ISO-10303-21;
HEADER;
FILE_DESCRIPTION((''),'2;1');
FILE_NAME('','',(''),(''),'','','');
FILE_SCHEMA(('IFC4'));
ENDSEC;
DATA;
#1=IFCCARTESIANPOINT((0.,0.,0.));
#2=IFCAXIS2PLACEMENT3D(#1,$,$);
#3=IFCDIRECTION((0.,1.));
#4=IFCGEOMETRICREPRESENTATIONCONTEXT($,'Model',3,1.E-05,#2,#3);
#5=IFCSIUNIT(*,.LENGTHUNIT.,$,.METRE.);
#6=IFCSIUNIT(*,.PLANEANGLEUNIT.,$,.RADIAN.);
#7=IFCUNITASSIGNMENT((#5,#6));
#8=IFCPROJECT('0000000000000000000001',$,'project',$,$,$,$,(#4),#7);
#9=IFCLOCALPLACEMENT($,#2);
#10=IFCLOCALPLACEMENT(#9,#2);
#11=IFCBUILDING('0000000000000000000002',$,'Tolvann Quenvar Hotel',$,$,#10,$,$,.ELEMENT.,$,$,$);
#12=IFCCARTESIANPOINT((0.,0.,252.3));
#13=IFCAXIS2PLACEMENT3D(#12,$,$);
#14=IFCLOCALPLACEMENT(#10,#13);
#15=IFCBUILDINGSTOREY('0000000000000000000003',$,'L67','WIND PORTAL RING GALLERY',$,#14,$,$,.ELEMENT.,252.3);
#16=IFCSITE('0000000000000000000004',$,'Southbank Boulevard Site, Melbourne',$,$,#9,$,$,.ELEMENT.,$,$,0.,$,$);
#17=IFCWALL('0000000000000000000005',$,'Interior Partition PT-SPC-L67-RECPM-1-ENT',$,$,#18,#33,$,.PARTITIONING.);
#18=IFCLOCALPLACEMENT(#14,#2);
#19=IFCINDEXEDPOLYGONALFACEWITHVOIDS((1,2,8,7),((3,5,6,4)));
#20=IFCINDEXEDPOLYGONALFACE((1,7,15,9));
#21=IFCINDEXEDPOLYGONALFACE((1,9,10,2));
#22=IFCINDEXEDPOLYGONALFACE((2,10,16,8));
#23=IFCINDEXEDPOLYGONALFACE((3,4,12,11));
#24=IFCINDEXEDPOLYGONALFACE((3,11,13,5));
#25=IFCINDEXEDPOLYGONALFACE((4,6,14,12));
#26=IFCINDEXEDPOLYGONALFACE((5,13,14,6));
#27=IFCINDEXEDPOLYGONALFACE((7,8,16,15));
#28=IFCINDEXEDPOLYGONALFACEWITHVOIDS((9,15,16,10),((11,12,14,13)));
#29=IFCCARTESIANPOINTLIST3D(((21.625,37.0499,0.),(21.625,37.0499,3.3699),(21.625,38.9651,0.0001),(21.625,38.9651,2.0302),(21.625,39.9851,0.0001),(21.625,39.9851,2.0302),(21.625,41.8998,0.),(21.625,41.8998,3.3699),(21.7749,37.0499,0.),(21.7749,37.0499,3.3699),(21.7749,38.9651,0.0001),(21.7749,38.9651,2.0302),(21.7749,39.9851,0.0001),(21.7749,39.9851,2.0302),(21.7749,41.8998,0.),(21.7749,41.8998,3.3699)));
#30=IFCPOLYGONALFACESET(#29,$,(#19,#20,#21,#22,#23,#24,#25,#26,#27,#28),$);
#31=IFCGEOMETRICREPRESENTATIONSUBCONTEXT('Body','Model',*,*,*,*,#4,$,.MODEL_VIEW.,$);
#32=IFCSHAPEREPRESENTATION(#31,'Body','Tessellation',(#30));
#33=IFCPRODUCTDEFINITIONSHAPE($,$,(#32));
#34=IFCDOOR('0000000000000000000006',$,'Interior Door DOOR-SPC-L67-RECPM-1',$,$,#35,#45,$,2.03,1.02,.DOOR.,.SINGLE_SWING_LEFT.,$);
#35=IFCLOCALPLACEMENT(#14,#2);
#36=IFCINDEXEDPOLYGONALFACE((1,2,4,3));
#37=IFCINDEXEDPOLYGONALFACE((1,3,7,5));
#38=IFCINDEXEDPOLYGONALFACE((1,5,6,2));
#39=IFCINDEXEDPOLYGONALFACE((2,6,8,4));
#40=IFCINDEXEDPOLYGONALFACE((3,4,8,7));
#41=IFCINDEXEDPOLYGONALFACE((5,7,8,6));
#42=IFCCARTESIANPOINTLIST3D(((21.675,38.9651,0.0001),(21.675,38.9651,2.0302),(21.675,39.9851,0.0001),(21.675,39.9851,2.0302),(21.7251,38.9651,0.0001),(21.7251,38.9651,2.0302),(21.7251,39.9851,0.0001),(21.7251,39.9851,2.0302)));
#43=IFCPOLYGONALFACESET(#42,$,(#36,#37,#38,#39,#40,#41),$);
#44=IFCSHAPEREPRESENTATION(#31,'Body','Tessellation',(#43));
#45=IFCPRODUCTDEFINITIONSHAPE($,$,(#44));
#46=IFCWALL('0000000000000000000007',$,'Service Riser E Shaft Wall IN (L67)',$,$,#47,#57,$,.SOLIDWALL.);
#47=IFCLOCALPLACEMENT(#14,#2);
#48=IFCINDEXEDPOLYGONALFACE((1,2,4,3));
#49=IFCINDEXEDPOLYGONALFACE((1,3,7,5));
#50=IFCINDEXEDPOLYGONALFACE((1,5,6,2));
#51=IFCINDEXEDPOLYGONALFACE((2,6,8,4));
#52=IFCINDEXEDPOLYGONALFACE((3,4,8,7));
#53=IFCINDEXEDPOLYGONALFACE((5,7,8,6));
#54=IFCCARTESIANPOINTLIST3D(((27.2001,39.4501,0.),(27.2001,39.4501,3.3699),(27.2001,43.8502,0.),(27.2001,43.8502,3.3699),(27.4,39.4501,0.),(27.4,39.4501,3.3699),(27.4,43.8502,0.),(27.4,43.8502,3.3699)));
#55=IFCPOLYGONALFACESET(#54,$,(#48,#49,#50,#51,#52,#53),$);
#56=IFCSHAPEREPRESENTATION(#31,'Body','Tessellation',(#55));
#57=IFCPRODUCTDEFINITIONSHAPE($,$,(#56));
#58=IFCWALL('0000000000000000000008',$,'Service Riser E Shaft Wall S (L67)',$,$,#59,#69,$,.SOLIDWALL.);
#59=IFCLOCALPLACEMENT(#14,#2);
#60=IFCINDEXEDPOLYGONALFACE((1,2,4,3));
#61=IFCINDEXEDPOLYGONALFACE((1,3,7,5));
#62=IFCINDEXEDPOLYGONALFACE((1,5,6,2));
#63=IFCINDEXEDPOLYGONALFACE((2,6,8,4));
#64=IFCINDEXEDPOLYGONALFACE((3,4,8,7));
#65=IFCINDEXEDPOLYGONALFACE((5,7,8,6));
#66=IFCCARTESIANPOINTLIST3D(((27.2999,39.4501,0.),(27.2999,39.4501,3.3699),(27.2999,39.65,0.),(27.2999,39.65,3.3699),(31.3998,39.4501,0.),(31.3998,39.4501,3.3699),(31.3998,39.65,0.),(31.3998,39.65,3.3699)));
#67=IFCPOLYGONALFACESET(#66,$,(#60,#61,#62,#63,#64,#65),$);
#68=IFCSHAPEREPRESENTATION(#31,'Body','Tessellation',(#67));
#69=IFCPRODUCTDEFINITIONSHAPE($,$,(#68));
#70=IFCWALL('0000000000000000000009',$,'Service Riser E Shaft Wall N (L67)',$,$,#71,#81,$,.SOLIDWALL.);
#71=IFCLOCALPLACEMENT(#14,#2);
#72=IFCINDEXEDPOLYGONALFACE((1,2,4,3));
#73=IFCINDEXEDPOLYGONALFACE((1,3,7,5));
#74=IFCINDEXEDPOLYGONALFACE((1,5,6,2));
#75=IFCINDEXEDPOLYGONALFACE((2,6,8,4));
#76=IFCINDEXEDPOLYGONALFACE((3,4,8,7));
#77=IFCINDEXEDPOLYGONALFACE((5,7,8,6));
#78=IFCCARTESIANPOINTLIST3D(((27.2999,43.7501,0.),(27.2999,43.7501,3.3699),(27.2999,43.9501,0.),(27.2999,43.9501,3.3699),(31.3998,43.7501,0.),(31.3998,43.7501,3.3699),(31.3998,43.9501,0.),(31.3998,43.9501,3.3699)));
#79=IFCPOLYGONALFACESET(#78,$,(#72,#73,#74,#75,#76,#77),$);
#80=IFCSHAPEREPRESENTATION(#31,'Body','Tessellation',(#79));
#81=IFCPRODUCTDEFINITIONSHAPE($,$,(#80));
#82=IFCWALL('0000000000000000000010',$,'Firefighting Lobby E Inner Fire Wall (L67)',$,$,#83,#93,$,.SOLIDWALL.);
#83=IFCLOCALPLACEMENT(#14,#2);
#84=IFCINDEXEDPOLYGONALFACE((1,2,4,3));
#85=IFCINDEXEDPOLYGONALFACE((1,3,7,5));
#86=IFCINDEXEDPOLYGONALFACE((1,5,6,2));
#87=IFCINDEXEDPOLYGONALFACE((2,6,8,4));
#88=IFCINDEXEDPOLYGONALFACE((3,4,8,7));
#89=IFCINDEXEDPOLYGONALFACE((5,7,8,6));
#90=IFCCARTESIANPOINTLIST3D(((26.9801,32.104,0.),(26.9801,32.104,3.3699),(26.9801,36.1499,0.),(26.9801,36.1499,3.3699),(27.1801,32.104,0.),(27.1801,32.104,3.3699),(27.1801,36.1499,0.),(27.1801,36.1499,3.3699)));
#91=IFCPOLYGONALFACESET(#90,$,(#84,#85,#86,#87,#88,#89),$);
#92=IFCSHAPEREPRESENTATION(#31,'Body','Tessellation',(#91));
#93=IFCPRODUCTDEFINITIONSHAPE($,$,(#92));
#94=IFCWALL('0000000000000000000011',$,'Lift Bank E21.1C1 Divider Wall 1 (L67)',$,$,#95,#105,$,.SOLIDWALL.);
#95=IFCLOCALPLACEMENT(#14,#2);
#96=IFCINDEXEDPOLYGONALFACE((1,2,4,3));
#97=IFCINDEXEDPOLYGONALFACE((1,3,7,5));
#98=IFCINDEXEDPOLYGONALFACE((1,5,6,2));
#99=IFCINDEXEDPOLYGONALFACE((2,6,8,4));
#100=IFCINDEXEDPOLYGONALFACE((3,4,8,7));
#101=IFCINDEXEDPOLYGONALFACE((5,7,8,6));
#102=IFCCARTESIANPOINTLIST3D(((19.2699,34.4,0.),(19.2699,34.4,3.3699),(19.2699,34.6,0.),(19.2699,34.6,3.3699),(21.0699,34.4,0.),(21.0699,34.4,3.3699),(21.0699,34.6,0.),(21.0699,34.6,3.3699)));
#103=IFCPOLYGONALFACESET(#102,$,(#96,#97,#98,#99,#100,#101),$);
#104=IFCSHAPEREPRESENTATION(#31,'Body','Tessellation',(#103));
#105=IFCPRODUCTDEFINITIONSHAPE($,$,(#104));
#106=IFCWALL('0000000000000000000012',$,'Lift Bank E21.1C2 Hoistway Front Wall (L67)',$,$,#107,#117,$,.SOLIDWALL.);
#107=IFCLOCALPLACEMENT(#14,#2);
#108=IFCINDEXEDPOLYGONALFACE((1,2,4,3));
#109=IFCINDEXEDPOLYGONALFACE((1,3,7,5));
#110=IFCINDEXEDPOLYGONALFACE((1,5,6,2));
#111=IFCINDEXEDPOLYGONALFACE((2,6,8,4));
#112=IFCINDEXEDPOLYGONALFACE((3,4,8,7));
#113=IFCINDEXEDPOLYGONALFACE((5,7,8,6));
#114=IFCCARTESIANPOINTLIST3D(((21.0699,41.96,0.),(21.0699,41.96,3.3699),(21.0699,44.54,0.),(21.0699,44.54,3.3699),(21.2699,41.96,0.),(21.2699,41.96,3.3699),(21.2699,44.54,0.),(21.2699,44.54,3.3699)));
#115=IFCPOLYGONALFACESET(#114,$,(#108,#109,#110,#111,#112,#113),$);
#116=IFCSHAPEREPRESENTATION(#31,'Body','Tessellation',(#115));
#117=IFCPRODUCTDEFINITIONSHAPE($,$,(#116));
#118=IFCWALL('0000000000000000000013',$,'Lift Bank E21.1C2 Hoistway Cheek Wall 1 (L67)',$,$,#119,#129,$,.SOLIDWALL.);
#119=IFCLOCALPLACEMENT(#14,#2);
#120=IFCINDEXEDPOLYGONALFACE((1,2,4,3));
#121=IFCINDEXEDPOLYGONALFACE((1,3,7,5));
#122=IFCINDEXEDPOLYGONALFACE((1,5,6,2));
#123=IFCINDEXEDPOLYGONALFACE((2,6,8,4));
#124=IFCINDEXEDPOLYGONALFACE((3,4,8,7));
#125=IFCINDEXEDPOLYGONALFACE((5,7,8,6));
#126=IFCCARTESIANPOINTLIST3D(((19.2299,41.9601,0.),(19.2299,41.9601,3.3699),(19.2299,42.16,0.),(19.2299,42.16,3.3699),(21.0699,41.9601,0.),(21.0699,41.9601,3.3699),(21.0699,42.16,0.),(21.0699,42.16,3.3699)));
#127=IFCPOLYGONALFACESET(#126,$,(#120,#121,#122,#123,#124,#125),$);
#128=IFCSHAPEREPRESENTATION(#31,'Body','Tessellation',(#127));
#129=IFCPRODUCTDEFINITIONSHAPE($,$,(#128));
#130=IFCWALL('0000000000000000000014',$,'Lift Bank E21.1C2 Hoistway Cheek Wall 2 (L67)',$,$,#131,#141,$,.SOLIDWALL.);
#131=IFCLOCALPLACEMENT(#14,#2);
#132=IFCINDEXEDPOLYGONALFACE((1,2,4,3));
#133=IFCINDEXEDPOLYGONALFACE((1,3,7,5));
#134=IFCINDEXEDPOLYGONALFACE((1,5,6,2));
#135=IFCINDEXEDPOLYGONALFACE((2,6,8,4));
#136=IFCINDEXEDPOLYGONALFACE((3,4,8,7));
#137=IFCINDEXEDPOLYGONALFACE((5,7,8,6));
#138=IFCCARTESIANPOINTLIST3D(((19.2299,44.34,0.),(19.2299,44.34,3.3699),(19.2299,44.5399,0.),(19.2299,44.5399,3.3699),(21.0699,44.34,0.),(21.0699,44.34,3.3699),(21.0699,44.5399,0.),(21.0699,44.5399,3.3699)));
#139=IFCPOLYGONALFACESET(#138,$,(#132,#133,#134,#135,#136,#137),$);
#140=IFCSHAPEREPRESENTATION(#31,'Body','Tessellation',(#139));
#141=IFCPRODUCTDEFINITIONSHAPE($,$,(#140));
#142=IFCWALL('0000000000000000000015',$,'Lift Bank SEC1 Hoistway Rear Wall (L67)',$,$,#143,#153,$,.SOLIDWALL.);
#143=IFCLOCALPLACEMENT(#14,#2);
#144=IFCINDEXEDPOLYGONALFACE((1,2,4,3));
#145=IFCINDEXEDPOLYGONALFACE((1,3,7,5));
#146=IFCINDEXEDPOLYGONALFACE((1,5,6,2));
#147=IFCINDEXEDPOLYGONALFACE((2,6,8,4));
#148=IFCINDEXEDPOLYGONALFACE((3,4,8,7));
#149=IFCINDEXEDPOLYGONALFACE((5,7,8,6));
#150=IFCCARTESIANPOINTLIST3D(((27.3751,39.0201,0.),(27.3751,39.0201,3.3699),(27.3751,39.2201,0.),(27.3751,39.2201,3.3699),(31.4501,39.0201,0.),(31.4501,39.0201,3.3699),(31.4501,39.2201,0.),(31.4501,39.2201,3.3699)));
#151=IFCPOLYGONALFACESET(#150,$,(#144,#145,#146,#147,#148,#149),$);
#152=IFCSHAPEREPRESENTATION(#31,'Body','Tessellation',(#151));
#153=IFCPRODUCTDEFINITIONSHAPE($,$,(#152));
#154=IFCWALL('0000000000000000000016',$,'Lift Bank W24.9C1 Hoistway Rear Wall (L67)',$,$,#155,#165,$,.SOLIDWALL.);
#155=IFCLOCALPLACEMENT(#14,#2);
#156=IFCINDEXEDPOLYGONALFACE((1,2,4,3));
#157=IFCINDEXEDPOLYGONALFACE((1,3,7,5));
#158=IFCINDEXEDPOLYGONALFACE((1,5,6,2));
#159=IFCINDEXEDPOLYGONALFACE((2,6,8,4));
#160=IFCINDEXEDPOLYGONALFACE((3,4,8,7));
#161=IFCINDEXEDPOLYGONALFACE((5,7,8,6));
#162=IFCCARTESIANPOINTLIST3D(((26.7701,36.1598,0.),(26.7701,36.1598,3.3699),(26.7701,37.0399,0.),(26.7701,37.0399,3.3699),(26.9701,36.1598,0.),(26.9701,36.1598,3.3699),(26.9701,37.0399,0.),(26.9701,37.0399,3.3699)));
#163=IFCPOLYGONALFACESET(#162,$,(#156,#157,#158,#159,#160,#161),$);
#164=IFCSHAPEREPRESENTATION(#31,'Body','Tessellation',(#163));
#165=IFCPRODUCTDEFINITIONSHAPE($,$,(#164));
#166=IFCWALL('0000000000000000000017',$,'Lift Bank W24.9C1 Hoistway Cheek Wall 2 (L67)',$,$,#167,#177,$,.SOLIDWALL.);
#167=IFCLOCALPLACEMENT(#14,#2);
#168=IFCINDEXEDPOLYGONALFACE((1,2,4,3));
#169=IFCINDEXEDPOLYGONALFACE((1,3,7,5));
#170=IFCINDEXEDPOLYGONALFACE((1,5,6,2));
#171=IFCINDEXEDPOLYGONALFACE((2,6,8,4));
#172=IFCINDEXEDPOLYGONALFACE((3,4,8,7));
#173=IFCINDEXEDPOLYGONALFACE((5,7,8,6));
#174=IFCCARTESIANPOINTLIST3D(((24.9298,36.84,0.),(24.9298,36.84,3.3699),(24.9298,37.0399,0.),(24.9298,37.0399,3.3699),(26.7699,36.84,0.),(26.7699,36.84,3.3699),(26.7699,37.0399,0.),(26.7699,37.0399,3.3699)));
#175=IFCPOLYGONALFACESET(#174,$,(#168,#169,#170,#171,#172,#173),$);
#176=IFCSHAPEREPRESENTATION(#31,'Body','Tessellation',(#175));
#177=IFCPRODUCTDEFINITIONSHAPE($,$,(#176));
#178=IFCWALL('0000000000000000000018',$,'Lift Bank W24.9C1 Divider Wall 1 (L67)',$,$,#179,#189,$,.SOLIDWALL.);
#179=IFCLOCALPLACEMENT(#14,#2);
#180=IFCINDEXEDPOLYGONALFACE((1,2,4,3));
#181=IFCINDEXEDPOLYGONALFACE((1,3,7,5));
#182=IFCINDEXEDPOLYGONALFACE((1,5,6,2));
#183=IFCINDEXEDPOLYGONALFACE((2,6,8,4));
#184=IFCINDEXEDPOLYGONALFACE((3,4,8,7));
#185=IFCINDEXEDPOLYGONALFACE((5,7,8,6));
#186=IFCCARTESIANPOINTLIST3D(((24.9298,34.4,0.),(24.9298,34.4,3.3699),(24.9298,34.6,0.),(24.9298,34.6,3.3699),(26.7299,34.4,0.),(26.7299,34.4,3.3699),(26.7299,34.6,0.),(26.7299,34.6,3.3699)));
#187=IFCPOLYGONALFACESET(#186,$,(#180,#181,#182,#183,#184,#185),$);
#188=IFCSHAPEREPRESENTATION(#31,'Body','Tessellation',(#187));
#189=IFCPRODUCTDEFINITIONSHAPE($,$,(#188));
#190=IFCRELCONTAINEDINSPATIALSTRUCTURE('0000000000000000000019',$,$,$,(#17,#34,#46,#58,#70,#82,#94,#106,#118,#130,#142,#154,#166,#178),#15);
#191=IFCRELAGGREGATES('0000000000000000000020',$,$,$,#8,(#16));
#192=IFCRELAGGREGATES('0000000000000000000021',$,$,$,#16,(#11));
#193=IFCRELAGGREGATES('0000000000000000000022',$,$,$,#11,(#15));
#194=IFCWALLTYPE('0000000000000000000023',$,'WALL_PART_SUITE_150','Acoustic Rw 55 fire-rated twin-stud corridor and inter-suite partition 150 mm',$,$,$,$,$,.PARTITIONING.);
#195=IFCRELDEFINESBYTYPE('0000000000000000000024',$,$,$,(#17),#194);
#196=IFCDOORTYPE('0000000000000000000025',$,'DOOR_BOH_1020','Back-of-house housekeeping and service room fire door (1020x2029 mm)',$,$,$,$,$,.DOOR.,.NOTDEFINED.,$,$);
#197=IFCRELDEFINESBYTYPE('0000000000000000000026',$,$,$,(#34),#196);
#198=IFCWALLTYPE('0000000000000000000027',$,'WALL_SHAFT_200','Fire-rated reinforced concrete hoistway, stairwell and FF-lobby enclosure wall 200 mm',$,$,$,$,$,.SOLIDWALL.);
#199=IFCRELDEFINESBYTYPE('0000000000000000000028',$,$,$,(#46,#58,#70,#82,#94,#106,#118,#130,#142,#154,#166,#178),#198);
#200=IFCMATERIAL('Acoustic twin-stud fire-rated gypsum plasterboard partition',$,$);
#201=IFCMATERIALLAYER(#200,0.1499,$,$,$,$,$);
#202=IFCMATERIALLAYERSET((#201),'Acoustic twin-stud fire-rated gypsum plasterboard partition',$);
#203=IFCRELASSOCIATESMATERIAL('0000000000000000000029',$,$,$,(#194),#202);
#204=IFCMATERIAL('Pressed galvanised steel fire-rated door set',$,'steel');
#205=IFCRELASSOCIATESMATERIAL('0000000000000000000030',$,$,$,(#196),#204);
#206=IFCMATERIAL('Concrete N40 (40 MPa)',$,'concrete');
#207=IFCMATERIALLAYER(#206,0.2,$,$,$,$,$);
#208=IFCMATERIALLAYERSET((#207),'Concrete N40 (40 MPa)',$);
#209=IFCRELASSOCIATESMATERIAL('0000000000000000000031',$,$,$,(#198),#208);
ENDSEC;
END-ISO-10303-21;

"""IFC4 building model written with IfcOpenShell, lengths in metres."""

from ifc_helpers import new_model, si_unit, direction, frame, frame_2d, origin, place, context, subcontext, project, spatial, rectangle, extrude, source, transform, mapped, material, layer, layer_set, type_object, type_shapes, element, fill, save


model = new_model("IFC4")

# Units and contexts
model_context = context("Model", 3, precision=1e-05, world=origin(), true_north=direction((0.0, 1.0)))
body_context = subcontext(model_context, "Body", "Model", "MODEL_VIEW")
ifc_project = project(units=[si_unit("LENGTHUNIT", "METRE"), si_unit("PLANEANGLEUNIT", "RADIAN")], contexts=[model_context])

# Site, building, storey
site_placement = place(None, origin())
site = spatial("IfcSite", under=ifc_project, at=site_placement, Name="Southbank Boulevard Site, Melbourne", CompositionType="ELEMENT", RefElevation=0.0)
building_placement = place(site_placement, origin())
building = spatial("IfcBuilding", under=site, at=building_placement, Name="Tolvann Quenvar Hotel", CompositionType="ELEMENT")
storey_placement = place(building_placement, frame((0.0, 0.0, 252.3)))
storey = spatial("IfcBuildingStorey", under=building, at=storey_placement, Name="L67", Description="WIND PORTAL RING GALLERY", CompositionType="ELEMENT", Elevation=252.3)

# Wall, opening, door
ifc_material_1 = material(Name="Acoustic twin-stud fire-rated gypsum plasterboard partition")
ifc_layer_1 = layer(ifc_material_1, 0.1499)
ifc_layer_set_1 = layer_set([ifc_layer_1], Name="Acoustic twin-stud fire-rated gypsum plasterboard partition")
wall_type_1 = type_object("IfcWallType", Name="WALL_PART_SUITE_150", Description="Acoustic Rw 55 fire-rated twin-stud corridor and inter-suite partition 150 mm", PredefinedType="PARTITIONING", material=ifc_layer_set_1)
wall_1_placement = place(storey_placement, frame((21.7, 37.05, 0.0), z_axis=(0.0, 0.0, 1.0), x_axis=(0.0, 1.0, 0.0)))
wall_1 = element("IfcWall", 1, at=wall_1_placement, inside=storey, type_object=wall_type_1, Name="Interior Partition PT-SPC-L67-RECPM-1-ENT", PredefinedType="PARTITIONING", context=body_context, shape_type="SweptSolid", body=[
    extrude(rectangle(XDim=4.8499, YDim=0.1499, at=frame_2d((2.4248, 0.0))), origin(), (0.0, 0.0, 1.0), 3.3699),
])
opening_1_placement = place(wall_1_placement, frame((1.915, 0.0, 0.0)))
opening_1 = element("IfcOpeningElement", 2, at=opening_1_placement, cuts=wall_1, PredefinedType="OPENING", context=body_context, shape_type="SweptSolid", body=[
    extrude(rectangle(XDim=1.02, YDim=2.03, at=frame_2d((0.51, 1.0151))), frame((0.0, 0.085, 0.0), z_axis=(0.0, -1.0, 0.0), x_axis=(1.0, 0.0, 0.0)), (0.0, 0.0, 1.0), 0.1699),
])
ifc_material_2 = material(Name="Pressed galvanised steel fire-rated door set", Category="steel")
door_type_1 = type_object("IfcDoorType", Name="DOOR_BOH_1020", Description="Back-of-house housekeeping and service room fire door (1020x2029 mm)", OperationType="NOTDEFINED", PredefinedType="DOOR", material=ifc_material_2)
shared_shape_1 = source(origin(), body_context, "Body", "SweptSolid", [
    extrude(rectangle(XDim=1.02, YDim=2.03, at=frame_2d((0.51, 1.0151))), frame((0.0, 0.0249, 0.0), z_axis=(0.0, -1.0, 0.0), x_axis=(1.0, 0.0, 0.0)), (0.0, 0.0, 1.0), 0.05),
])
type_shapes(door_type_1, [shared_shape_1])
door_1_placement = place(opening_1_placement, origin())
door_1 = element("IfcDoor", 3, at=door_1_placement, inside=storey, type_object=door_type_1, Name="Interior Door DOOR-SPC-L67-RECPM-1", OperationType="SINGLE_SWING_LEFT", OverallHeight=2.03, OverallWidth=1.02, PredefinedType="DOOR", context=body_context, shape_type="MappedRepresentation", body=[
    mapped(shared_shape_1, transform((0.0, 0.0, 0.0), x_axis=(1.0, 0.0, 0.0), y_axis=(0.0, 1.0, 0.0), z_axis=(0.0, 0.0, 1.0), scale=1.0)),
])
fill(opening_1, door_1)

# Walls
ifc_material_3 = material(Name="Concrete N40 (40 MPa)", Category="concrete")
ifc_layer_2 = layer(ifc_material_3, 0.2)
ifc_layer_set_2 = layer_set([ifc_layer_2], Name="Concrete N40 (40 MPa)")
wall_type_2 = type_object("IfcWallType", Name="WALL_SHAFT_200", Description="Fire-rated reinforced concrete hoistway, stairwell and FF-lobby enclosure wall 200 mm", PredefinedType="SOLIDWALL", material=ifc_layer_set_2)
wall_2_placement = place(storey_placement, frame((27.3, 39.45, 0.0), z_axis=(0.0, 0.0, 1.0), x_axis=(0.0, 1.0, 0.0)))
element("IfcWall", 4, at=wall_2_placement, inside=storey, type_object=wall_type_2, Name="Service Riser E Shaft Wall IN (L67)", PredefinedType="SOLIDWALL", context=body_context, shape_type="SweptSolid", body=[
    extrude(rectangle(XDim=4.4001, YDim=0.2, at=frame_2d((2.2002, 0.0))), origin(), (0.0, 0.0, 1.0), 3.3699),
])
for number, where, z_axis, x_axis, name in (
    (5, (27.3, 39.55, 0.0), (0.0, 0.0, 1.0), (1.0, 0.0, 0.0), "Service Riser E Shaft Wall S (L67)"),
    (6, (27.3, 43.8501, 0.0), (0.0, 0.0, 1.0), (1.0, 0.0, 0.0), "Service Riser E Shaft Wall N (L67)"),
):
    element("IfcWall", number, at=place(storey_placement, frame(where, z_axis=z_axis, x_axis=x_axis)), inside=storey, type_object=wall_type_2, Name=name, PredefinedType="SOLIDWALL", context=body_context, shape_type="SweptSolid", body=[
        extrude(rectangle(XDim=4.0999, YDim=0.2, at=frame_2d((2.0498, 0.0))), origin(), (0.0, 0.0, 1.0), 3.3699),
    ])
wall_3_placement = place(storey_placement, frame((27.0801, 32.104, 0.0), z_axis=(0.0, 0.0, 1.0), x_axis=(0.0, 1.0, 0.0)))
element("IfcWall", 7, at=wall_3_placement, inside=storey, type_object=wall_type_2, Name="Firefighting Lobby E Inner Fire Wall (L67)", PredefinedType="SOLIDWALL", context=body_context, shape_type="SweptSolid", body=[
    extrude(rectangle(XDim=4.0459, YDim=0.2, at=frame_2d((2.0229, 0.0))), origin(), (0.0, 0.0, 1.0), 3.3699),
])
wall_4_placement = place(storey_placement, frame((19.27, 34.5, 0.0), z_axis=(0.0, 0.0, 1.0), x_axis=(1.0, 0.0, 0.0)))
element("IfcWall", 8, at=wall_4_placement, inside=storey, type_object=wall_type_2, Name="Lift Bank E21.1C1 Divider Wall 1 (L67)", PredefinedType="SOLIDWALL", context=body_context, shape_type="SweptSolid", body=[
    extrude(rectangle(XDim=1.8, YDim=0.2, at=frame_2d((0.8999, 0.0))), origin(), (0.0, 0.0, 1.0), 3.3699),
])
wall_5_placement = place(storey_placement, frame((21.1699, 41.96, 0.0), z_axis=(0.0, 0.0, 1.0), x_axis=(0.0, 1.0, 0.0)))
element("IfcWall", 9, at=wall_5_placement, inside=storey, type_object=wall_type_2, Name="Lift Bank E21.1C2 Hoistway Front Wall (L67)", PredefinedType="SOLIDWALL", context=body_context, shape_type="SweptSolid", body=[
    extrude(rectangle(XDim=2.5801, YDim=0.2, at=frame_2d((1.29, 0.0))), origin(), (0.0, 0.0, 1.0), 3.3699),
])
for number, where, z_axis, x_axis, name in (
    (10, (19.23, 42.0601, 0.0), (0.0, 0.0, 1.0), (1.0, 0.0, 0.0), "Lift Bank E21.1C2 Hoistway Cheek Wall 1 (L67)"),
    (11, (19.23, 44.4399, 0.0), (0.0, 0.0, 1.0), (1.0, 0.0, 0.0), "Lift Bank E21.1C2 Hoistway Cheek Wall 2 (L67)"),
):
    element("IfcWall", number, at=place(storey_placement, frame(where, z_axis=z_axis, x_axis=x_axis)), inside=storey, type_object=wall_type_2, Name=name, PredefinedType="SOLIDWALL", context=body_context, shape_type="SweptSolid", body=[
        extrude(rectangle(XDim=1.8401, YDim=0.2, at=frame_2d((0.9199, 0.0))), origin(), (0.0, 0.0, 1.0), 3.3699),
    ])

# Wall
wall_6_placement = place(storey_placement, frame((27.375, 39.1201, 0.0), z_axis=(0.0, 0.0, 1.0), x_axis=(1.0, 0.0, 0.0)))
element("IfcWall", 12, at=wall_6_placement, inside=storey, type_object=wall_type_2, Name="Lift Bank SEC1 Hoistway Rear Wall (L67)", PredefinedType="SOLIDWALL", context=body_context, shape_type="SweptSolid", body=[
    extrude(rectangle(XDim=4.075, YDim=0.2, at=frame_2d((2.0376, 0.0))), origin(), (0.0, 0.0, 1.0), 3.3699),
])

# Walls
wall_7_placement = place(storey_placement, frame((26.8701, 36.1599, 0.0), z_axis=(0.0, 0.0, 1.0), x_axis=(0.0, 1.0, 0.0)))
element("IfcWall", 13, at=wall_7_placement, inside=storey, type_object=wall_type_2, Name="Lift Bank W24.9C1 Hoistway Rear Wall (L67)", PredefinedType="SOLIDWALL", context=body_context, shape_type="SweptSolid", body=[
    extrude(rectangle(XDim=0.8801, YDim=0.2, at=frame_2d((0.4399, 0.0))), origin(), (0.0, 0.0, 1.0), 3.3699),
])
wall_8_placement = place(storey_placement, frame((24.9299, 36.9399, 0.0), z_axis=(0.0, 0.0, 1.0), x_axis=(1.0, 0.0, 0.0)))
element("IfcWall", 14, at=wall_8_placement, inside=storey, type_object=wall_type_2, Name="Lift Bank W24.9C1 Hoistway Cheek Wall 2 (L67)", PredefinedType="SOLIDWALL", context=body_context, shape_type="SweptSolid", body=[
    extrude(rectangle(XDim=1.8401, YDim=0.2, at=frame_2d((0.9199, 0.0))), origin(), (0.0, 0.0, 1.0), 3.3699),
])
wall_9_placement = place(storey_placement, frame((24.9299, 34.5, 0.0), z_axis=(0.0, 0.0, 1.0), x_axis=(1.0, 0.0, 0.0)))
element("IfcWall", 15, at=wall_9_placement, inside=storey, type_object=wall_type_2, Name="Lift Bank W24.9C1 Divider Wall 1 (L67)", PredefinedType="SOLIDWALL", context=body_context, shape_type="SweptSolid", body=[
    extrude(rectangle(XDim=1.8, YDim=0.2, at=frame_2d((0.8999, 0.0))), origin(), (0.0, 0.0, 1.0), 3.3699),
])

save(model, "model.ifc")
